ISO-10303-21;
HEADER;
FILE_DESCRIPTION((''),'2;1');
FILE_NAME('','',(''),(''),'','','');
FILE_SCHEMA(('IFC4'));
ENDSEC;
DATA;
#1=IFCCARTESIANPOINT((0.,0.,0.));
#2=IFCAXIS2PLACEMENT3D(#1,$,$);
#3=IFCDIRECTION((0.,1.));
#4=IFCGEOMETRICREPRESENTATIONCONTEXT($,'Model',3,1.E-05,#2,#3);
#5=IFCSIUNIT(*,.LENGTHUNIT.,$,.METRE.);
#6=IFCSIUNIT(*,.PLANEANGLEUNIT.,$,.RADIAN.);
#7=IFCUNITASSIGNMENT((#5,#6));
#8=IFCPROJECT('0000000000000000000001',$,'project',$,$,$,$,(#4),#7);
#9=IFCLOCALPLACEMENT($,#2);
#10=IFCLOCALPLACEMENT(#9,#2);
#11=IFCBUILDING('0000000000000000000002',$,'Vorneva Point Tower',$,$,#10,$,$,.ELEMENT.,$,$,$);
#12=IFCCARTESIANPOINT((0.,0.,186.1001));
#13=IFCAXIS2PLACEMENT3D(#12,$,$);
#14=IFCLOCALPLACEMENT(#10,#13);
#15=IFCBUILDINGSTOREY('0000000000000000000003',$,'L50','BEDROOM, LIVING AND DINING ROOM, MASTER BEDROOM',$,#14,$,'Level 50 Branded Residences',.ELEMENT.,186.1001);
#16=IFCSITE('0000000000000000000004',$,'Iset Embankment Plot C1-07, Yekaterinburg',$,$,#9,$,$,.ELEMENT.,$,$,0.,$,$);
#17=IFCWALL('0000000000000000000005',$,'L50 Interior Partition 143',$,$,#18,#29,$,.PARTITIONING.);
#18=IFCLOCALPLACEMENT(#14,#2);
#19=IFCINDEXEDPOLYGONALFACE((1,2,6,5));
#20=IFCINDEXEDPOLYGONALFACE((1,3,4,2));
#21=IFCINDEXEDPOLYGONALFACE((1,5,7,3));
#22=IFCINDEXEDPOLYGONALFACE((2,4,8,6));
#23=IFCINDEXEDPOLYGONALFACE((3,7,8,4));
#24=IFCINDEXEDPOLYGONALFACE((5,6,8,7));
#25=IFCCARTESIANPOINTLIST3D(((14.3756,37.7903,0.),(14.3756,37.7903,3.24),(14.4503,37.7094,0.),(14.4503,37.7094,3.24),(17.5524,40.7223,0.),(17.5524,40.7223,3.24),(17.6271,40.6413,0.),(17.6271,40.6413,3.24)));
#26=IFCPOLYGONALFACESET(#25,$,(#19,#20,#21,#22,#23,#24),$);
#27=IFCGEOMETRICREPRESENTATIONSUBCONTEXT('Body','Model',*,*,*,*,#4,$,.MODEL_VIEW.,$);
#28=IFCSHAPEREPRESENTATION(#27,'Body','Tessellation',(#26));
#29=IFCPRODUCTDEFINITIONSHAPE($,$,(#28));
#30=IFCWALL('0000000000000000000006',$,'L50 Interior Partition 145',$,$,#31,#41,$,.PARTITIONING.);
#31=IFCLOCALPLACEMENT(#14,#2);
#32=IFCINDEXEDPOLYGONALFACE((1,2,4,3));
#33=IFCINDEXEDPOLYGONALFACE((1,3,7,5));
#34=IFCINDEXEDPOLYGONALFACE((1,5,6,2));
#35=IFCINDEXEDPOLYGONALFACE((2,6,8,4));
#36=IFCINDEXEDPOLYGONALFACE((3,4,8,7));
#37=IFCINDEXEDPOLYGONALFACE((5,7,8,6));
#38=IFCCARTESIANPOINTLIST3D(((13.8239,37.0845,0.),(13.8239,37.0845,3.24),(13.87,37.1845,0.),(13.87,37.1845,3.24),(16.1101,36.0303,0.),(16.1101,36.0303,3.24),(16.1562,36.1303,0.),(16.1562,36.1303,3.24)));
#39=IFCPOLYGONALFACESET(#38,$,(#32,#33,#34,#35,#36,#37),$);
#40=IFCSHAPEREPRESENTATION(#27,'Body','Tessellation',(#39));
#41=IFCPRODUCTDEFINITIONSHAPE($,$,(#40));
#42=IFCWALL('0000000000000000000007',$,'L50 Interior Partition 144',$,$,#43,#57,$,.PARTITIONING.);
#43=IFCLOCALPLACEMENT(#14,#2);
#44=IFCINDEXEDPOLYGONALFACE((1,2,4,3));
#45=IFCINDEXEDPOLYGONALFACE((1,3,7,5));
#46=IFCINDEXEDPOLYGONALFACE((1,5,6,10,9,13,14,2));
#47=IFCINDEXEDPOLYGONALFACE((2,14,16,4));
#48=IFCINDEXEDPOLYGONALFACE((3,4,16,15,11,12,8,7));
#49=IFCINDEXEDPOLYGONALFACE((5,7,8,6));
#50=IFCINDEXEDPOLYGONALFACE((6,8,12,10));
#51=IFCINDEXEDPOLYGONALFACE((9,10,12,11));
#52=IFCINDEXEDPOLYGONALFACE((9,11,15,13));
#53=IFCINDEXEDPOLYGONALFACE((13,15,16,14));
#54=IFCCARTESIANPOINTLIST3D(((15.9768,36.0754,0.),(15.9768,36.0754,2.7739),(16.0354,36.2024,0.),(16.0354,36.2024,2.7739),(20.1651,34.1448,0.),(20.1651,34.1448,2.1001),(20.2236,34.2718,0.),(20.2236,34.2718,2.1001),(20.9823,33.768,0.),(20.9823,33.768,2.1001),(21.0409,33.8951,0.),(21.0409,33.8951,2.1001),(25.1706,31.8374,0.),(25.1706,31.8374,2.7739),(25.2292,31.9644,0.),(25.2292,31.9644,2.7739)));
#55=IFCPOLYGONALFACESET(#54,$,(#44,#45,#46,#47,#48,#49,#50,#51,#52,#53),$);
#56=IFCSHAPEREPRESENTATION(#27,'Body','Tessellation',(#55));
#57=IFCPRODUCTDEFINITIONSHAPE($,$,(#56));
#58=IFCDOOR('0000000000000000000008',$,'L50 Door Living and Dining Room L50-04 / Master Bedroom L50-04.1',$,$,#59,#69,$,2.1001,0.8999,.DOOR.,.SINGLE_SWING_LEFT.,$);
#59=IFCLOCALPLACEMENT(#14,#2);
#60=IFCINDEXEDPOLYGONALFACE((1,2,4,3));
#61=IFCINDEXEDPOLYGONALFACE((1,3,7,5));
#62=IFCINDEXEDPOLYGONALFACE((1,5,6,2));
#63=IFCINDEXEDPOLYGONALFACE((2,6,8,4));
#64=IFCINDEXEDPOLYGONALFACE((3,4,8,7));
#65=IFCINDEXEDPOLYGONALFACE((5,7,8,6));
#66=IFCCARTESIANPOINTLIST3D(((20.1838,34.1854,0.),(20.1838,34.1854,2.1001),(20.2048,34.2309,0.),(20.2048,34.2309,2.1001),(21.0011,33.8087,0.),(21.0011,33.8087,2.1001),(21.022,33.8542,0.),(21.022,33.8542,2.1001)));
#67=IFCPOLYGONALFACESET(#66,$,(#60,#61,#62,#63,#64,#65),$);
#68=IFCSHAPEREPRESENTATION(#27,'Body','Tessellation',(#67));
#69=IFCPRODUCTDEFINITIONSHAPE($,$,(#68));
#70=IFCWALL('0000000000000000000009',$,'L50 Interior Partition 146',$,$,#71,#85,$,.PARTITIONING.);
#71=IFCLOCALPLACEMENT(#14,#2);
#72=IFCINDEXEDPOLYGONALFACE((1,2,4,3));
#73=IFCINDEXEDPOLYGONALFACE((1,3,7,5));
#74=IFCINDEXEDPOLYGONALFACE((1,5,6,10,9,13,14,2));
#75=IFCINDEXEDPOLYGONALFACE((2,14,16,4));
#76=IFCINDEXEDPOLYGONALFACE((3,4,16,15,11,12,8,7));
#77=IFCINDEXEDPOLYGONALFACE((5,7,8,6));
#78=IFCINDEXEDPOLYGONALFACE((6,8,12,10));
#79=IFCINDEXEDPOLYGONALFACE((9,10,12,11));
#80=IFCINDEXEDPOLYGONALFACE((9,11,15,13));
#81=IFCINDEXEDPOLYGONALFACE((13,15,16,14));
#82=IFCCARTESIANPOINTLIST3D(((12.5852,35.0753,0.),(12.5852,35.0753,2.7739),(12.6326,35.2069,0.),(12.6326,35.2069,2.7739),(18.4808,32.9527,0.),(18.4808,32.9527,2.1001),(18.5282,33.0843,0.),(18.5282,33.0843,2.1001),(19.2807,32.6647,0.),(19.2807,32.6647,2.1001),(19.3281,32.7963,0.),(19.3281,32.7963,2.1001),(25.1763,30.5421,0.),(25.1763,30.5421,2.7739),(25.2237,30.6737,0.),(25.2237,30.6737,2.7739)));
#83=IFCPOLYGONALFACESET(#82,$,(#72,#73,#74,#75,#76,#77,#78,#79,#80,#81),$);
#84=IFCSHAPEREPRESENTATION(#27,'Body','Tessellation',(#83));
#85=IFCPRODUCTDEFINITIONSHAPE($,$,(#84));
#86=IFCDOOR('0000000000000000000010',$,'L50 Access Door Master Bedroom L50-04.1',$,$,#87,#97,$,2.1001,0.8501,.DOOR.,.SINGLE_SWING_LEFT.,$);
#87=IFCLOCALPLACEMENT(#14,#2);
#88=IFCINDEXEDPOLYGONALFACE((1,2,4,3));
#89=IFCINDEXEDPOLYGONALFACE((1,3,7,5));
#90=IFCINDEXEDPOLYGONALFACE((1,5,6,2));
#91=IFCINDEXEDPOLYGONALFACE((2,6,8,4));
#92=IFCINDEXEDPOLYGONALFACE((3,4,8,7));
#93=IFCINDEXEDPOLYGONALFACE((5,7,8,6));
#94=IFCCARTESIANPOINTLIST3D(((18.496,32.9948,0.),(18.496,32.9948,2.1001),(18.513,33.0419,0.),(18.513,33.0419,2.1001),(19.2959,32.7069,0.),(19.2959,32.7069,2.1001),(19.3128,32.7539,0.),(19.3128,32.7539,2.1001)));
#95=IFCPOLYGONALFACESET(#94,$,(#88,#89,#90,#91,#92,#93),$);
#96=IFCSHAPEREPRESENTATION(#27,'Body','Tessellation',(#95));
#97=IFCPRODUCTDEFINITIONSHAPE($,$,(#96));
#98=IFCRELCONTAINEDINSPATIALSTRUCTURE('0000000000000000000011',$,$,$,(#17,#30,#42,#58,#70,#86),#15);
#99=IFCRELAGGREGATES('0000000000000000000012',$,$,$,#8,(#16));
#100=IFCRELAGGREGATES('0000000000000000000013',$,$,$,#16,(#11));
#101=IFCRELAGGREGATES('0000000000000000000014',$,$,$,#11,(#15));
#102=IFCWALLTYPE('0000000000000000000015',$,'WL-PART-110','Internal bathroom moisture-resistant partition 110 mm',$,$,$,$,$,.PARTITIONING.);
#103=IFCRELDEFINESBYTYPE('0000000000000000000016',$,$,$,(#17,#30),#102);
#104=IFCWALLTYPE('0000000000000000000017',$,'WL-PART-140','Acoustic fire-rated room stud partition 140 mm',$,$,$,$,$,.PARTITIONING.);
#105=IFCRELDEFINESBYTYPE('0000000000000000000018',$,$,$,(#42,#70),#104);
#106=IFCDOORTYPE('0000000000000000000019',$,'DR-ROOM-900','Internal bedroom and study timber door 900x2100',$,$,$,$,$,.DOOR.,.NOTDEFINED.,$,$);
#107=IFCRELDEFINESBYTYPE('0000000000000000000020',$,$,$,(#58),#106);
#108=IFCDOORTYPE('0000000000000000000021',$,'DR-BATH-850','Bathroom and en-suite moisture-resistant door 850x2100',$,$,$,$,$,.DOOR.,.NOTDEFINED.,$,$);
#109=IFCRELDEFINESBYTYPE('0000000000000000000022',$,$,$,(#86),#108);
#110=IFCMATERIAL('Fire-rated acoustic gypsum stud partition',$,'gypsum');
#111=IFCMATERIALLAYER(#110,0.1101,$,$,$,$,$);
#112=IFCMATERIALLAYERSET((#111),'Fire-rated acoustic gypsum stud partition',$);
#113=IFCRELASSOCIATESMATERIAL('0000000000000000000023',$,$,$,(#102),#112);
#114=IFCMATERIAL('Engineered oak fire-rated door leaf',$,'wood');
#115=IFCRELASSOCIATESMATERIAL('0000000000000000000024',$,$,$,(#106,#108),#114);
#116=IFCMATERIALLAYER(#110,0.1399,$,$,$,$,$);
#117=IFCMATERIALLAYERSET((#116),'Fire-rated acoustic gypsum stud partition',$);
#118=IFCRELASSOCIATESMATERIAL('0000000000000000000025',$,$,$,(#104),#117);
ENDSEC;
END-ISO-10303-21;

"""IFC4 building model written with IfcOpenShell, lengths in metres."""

from ifc_helpers import new_model, si_unit, direction, frame, frame_2d, origin, place, context, subcontext, project, spatial, rectangle, extrude, material, layer, layer_set, type_object, element, fill, save


model = new_model("IFC4")

# Units and contexts
model_context = context("Model", 3, precision=1e-05, world=origin(), true_north=direction((0.0, 1.0)))
body_context = subcontext(model_context, "Body", "Model", "MODEL_VIEW")
ifc_project = project(units=[si_unit("LENGTHUNIT", "METRE"), si_unit("PLANEANGLEUNIT", "RADIAN")], contexts=[model_context])

# Site, building, storey
site_placement = place(None, origin())
site = spatial("IfcSite", under=ifc_project, at=site_placement, Name="Iset Embankment Plot C1-07, Yekaterinburg", CompositionType="ELEMENT", RefElevation=0.0)
building_placement = place(site_placement, origin())
building = spatial("IfcBuilding", under=site, at=building_placement, Name="Vorneva Point Tower", CompositionType="ELEMENT")
storey_placement = place(building_placement, frame((0.0, 0.0, 186.1001)))
storey = spatial("IfcBuildingStorey", under=building, at=storey_placement, Name="L50", Description="BEDROOM, LIVING AND DINING ROOM, MASTER BEDROOM", LongName="Level 50 Branded Residences", CompositionType="ELEMENT", Elevation=186.1001)

# Shared definitions
ifc_material_1 = material(Name="Fire-rated acoustic gypsum stud partition", Category="gypsum")
ifc_layer_1 = layer(ifc_material_1, 0.1101)
ifc_layer_set_1 = layer_set([ifc_layer_1], Name="Fire-rated acoustic gypsum stud partition")
wall_type_1 = type_object("IfcWallType", Name="WL-PART-110", Description="Internal bathroom moisture-resistant partition 110 mm", PredefinedType="PARTITIONING", material=ifc_layer_set_1)

# Shared definitions
ifc_material_2 = material(Name="Engineered oak fire-rated door leaf", Category="wood")
door_type_1 = type_object("IfcDoorType", Name="DR-ROOM-900", Description="Internal bedroom and study timber door 900x2100", OperationType="NOTDEFINED", PredefinedType="DOOR", material=ifc_material_2)

# Walls
wall_1_placement = place(storey_placement, frame((17.5898, 40.6819, 0.0), z_axis=(0.0, 0.0, 1.0), x_axis=(-0.734862, -0.678217, 0.0)))
element("IfcWall", 1, at=wall_1_placement, inside=storey, type_object=wall_type_1, Name="L50 Interior Partition 143", PredefinedType="PARTITIONING", context=body_context, shape_type="SweptSolid", body=[
    extrude(rectangle(XDim=4.323, YDim=0.1101, at=frame_2d((2.1616, 0.0))), origin(), (0.0, 0.0, 1.0), 3.24),
])
wall_2_placement = place(storey_placement, frame((13.8469, 37.1345, 0.0), z_axis=(0.0, 0.0, 1.0), x_axis=(0.908101, -0.418751, 0.0)))
element("IfcWall", 2, at=wall_2_placement, inside=storey, type_object=wall_type_1, Name="L50 Interior Partition 145", PredefinedType="PARTITIONING", context=body_context, shape_type="SweptSolid", body=[
    extrude(rectangle(XDim=2.5176, YDim=0.1101, at=frame_2d((1.2588, 0.0))), origin(), (0.0, 0.0, 1.0), 3.24),
])

# Walls, openings, doors
ifc_layer_2 = layer(ifc_material_1, 0.1399)
ifc_layer_set_2 = layer_set([ifc_layer_2], Name="Fire-rated acoustic gypsum stud partition")
wall_type_2 = type_object("IfcWallType", Name="WL-PART-140", Description="Acoustic fire-rated room stud partition 140 mm", PredefinedType="PARTITIONING", material=ifc_layer_set_2)
wall_3_placement = place(storey_placement, frame((16.0061, 36.1389, 0.0), z_axis=(0.0, 0.0, 1.0), x_axis=(0.908158, -0.418628, 0.0)))
wall_3 = element("IfcWall", 3, at=wall_3_placement, inside=storey, type_object=wall_type_2, Name="L50 Interior Partition 144", PredefinedType="PARTITIONING", context=body_context, shape_type="SweptSolid", body=[
    extrude(rectangle(XDim=10.1235, YDim=0.1399, at=frame_2d((5.0618, 0.0))), origin(), (0.0, 0.0, 1.0), 2.7739),
])
opening_1_placement = place(wall_3_placement, frame((4.6118, 0.0, 0.0)))
opening_1 = element("IfcOpeningElement", 4, at=opening_1_placement, cuts=wall_3, PredefinedType="OPENING", context=body_context, shape_type="SweptSolid", body=[
    extrude(rectangle(XDim=0.8999, YDim=2.1001, at=frame_2d((0.45, 1.05))), frame((0.0, 0.085, 0.0), z_axis=(0.0, -1.0, 0.0), x_axis=(1.0, 0.0, 0.0)), (0.0, 0.0, 1.0), 0.1697),
])
door_1_placement = place(opening_1_placement, origin())
door_1 = element("IfcDoor", 5, at=door_1_placement, inside=storey, type_object=door_type_1, Name="L50 Door Living and Dining Room L50-04 / Master Bedroom L50-04.1", OperationType="SINGLE_SWING_LEFT", OverallHeight=2.1001, OverallWidth=0.8999, PredefinedType="DOOR", context=body_context, shape_type="SweptSolid", body=[
    extrude(rectangle(XDim=0.8999, YDim=2.1001, at=frame_2d((0.45, 1.05))), frame((0.0, 0.0249, 0.0), z_axis=(0.0, -1.0, 0.0), x_axis=(1.0, 0.0, 0.0)), (0.0, 0.0, 1.0), 0.05),
])
fill(opening_1, door_1)
wall_4_placement = place(storey_placement, frame((12.6089, 35.1411, 0.0), z_axis=(0.0, 0.0, 1.0), x_axis=(0.940877, -0.338747, 0.0)))
wall_4 = element("IfcWall", 6, at=wall_4_placement, inside=storey, type_object=wall_type_2, Name="L50 Interior Partition 146", PredefinedType="PARTITIONING", context=body_context, shape_type="SweptSolid", body=[
    extrude(rectangle(XDim=13.3823, YDim=0.1399, at=frame_2d((6.6912, 0.0))), origin(), (0.0, 0.0, 1.0), 2.7739),
])
opening_2_placement = place(wall_4_placement, frame((6.2661, 0.0, 0.0)))
opening_2 = element("IfcOpeningElement", 7, at=opening_2_placement, cuts=wall_4, PredefinedType="OPENING", context=body_context, shape_type="SweptSolid", body=[
    extrude(rectangle(XDim=0.8501, YDim=2.1001, at=frame_2d((0.425, 1.05))), frame((0.0, 0.085, 0.0), z_axis=(0.0, -1.0, 0.0), x_axis=(1.0, 0.0, 0.0)), (0.0, 0.0, 1.0), 0.1697),
])
door_type_2 = type_object("IfcDoorType", Name="DR-BATH-850", Description="Bathroom and en-suite moisture-resistant door 850x2100", OperationType="NOTDEFINED", PredefinedType="DOOR", material=ifc_material_2)
door_2_placement = place(opening_2_placement, origin())
door_2 = element("IfcDoor", 8, at=door_2_placement, inside=storey, type_object=door_type_2, Name="L50 Access Door Master Bedroom L50-04.1", OperationType="SINGLE_SWING_LEFT", OverallHeight=2.1001, OverallWidth=0.8501, PredefinedType="DOOR", context=body_context, shape_type="SweptSolid", body=[
    extrude(rectangle(XDim=0.8501, YDim=2.1001, at=frame_2d((0.425, 1.05))), frame((0.0, 0.0249, 0.0), z_axis=(0.0, -1.0, 0.0), x_axis=(1.0, 0.0, 0.0)), (0.0, 0.0, 1.0), 0.05),
])
fill(opening_2, door_2)

save(model, "model.ifc")
